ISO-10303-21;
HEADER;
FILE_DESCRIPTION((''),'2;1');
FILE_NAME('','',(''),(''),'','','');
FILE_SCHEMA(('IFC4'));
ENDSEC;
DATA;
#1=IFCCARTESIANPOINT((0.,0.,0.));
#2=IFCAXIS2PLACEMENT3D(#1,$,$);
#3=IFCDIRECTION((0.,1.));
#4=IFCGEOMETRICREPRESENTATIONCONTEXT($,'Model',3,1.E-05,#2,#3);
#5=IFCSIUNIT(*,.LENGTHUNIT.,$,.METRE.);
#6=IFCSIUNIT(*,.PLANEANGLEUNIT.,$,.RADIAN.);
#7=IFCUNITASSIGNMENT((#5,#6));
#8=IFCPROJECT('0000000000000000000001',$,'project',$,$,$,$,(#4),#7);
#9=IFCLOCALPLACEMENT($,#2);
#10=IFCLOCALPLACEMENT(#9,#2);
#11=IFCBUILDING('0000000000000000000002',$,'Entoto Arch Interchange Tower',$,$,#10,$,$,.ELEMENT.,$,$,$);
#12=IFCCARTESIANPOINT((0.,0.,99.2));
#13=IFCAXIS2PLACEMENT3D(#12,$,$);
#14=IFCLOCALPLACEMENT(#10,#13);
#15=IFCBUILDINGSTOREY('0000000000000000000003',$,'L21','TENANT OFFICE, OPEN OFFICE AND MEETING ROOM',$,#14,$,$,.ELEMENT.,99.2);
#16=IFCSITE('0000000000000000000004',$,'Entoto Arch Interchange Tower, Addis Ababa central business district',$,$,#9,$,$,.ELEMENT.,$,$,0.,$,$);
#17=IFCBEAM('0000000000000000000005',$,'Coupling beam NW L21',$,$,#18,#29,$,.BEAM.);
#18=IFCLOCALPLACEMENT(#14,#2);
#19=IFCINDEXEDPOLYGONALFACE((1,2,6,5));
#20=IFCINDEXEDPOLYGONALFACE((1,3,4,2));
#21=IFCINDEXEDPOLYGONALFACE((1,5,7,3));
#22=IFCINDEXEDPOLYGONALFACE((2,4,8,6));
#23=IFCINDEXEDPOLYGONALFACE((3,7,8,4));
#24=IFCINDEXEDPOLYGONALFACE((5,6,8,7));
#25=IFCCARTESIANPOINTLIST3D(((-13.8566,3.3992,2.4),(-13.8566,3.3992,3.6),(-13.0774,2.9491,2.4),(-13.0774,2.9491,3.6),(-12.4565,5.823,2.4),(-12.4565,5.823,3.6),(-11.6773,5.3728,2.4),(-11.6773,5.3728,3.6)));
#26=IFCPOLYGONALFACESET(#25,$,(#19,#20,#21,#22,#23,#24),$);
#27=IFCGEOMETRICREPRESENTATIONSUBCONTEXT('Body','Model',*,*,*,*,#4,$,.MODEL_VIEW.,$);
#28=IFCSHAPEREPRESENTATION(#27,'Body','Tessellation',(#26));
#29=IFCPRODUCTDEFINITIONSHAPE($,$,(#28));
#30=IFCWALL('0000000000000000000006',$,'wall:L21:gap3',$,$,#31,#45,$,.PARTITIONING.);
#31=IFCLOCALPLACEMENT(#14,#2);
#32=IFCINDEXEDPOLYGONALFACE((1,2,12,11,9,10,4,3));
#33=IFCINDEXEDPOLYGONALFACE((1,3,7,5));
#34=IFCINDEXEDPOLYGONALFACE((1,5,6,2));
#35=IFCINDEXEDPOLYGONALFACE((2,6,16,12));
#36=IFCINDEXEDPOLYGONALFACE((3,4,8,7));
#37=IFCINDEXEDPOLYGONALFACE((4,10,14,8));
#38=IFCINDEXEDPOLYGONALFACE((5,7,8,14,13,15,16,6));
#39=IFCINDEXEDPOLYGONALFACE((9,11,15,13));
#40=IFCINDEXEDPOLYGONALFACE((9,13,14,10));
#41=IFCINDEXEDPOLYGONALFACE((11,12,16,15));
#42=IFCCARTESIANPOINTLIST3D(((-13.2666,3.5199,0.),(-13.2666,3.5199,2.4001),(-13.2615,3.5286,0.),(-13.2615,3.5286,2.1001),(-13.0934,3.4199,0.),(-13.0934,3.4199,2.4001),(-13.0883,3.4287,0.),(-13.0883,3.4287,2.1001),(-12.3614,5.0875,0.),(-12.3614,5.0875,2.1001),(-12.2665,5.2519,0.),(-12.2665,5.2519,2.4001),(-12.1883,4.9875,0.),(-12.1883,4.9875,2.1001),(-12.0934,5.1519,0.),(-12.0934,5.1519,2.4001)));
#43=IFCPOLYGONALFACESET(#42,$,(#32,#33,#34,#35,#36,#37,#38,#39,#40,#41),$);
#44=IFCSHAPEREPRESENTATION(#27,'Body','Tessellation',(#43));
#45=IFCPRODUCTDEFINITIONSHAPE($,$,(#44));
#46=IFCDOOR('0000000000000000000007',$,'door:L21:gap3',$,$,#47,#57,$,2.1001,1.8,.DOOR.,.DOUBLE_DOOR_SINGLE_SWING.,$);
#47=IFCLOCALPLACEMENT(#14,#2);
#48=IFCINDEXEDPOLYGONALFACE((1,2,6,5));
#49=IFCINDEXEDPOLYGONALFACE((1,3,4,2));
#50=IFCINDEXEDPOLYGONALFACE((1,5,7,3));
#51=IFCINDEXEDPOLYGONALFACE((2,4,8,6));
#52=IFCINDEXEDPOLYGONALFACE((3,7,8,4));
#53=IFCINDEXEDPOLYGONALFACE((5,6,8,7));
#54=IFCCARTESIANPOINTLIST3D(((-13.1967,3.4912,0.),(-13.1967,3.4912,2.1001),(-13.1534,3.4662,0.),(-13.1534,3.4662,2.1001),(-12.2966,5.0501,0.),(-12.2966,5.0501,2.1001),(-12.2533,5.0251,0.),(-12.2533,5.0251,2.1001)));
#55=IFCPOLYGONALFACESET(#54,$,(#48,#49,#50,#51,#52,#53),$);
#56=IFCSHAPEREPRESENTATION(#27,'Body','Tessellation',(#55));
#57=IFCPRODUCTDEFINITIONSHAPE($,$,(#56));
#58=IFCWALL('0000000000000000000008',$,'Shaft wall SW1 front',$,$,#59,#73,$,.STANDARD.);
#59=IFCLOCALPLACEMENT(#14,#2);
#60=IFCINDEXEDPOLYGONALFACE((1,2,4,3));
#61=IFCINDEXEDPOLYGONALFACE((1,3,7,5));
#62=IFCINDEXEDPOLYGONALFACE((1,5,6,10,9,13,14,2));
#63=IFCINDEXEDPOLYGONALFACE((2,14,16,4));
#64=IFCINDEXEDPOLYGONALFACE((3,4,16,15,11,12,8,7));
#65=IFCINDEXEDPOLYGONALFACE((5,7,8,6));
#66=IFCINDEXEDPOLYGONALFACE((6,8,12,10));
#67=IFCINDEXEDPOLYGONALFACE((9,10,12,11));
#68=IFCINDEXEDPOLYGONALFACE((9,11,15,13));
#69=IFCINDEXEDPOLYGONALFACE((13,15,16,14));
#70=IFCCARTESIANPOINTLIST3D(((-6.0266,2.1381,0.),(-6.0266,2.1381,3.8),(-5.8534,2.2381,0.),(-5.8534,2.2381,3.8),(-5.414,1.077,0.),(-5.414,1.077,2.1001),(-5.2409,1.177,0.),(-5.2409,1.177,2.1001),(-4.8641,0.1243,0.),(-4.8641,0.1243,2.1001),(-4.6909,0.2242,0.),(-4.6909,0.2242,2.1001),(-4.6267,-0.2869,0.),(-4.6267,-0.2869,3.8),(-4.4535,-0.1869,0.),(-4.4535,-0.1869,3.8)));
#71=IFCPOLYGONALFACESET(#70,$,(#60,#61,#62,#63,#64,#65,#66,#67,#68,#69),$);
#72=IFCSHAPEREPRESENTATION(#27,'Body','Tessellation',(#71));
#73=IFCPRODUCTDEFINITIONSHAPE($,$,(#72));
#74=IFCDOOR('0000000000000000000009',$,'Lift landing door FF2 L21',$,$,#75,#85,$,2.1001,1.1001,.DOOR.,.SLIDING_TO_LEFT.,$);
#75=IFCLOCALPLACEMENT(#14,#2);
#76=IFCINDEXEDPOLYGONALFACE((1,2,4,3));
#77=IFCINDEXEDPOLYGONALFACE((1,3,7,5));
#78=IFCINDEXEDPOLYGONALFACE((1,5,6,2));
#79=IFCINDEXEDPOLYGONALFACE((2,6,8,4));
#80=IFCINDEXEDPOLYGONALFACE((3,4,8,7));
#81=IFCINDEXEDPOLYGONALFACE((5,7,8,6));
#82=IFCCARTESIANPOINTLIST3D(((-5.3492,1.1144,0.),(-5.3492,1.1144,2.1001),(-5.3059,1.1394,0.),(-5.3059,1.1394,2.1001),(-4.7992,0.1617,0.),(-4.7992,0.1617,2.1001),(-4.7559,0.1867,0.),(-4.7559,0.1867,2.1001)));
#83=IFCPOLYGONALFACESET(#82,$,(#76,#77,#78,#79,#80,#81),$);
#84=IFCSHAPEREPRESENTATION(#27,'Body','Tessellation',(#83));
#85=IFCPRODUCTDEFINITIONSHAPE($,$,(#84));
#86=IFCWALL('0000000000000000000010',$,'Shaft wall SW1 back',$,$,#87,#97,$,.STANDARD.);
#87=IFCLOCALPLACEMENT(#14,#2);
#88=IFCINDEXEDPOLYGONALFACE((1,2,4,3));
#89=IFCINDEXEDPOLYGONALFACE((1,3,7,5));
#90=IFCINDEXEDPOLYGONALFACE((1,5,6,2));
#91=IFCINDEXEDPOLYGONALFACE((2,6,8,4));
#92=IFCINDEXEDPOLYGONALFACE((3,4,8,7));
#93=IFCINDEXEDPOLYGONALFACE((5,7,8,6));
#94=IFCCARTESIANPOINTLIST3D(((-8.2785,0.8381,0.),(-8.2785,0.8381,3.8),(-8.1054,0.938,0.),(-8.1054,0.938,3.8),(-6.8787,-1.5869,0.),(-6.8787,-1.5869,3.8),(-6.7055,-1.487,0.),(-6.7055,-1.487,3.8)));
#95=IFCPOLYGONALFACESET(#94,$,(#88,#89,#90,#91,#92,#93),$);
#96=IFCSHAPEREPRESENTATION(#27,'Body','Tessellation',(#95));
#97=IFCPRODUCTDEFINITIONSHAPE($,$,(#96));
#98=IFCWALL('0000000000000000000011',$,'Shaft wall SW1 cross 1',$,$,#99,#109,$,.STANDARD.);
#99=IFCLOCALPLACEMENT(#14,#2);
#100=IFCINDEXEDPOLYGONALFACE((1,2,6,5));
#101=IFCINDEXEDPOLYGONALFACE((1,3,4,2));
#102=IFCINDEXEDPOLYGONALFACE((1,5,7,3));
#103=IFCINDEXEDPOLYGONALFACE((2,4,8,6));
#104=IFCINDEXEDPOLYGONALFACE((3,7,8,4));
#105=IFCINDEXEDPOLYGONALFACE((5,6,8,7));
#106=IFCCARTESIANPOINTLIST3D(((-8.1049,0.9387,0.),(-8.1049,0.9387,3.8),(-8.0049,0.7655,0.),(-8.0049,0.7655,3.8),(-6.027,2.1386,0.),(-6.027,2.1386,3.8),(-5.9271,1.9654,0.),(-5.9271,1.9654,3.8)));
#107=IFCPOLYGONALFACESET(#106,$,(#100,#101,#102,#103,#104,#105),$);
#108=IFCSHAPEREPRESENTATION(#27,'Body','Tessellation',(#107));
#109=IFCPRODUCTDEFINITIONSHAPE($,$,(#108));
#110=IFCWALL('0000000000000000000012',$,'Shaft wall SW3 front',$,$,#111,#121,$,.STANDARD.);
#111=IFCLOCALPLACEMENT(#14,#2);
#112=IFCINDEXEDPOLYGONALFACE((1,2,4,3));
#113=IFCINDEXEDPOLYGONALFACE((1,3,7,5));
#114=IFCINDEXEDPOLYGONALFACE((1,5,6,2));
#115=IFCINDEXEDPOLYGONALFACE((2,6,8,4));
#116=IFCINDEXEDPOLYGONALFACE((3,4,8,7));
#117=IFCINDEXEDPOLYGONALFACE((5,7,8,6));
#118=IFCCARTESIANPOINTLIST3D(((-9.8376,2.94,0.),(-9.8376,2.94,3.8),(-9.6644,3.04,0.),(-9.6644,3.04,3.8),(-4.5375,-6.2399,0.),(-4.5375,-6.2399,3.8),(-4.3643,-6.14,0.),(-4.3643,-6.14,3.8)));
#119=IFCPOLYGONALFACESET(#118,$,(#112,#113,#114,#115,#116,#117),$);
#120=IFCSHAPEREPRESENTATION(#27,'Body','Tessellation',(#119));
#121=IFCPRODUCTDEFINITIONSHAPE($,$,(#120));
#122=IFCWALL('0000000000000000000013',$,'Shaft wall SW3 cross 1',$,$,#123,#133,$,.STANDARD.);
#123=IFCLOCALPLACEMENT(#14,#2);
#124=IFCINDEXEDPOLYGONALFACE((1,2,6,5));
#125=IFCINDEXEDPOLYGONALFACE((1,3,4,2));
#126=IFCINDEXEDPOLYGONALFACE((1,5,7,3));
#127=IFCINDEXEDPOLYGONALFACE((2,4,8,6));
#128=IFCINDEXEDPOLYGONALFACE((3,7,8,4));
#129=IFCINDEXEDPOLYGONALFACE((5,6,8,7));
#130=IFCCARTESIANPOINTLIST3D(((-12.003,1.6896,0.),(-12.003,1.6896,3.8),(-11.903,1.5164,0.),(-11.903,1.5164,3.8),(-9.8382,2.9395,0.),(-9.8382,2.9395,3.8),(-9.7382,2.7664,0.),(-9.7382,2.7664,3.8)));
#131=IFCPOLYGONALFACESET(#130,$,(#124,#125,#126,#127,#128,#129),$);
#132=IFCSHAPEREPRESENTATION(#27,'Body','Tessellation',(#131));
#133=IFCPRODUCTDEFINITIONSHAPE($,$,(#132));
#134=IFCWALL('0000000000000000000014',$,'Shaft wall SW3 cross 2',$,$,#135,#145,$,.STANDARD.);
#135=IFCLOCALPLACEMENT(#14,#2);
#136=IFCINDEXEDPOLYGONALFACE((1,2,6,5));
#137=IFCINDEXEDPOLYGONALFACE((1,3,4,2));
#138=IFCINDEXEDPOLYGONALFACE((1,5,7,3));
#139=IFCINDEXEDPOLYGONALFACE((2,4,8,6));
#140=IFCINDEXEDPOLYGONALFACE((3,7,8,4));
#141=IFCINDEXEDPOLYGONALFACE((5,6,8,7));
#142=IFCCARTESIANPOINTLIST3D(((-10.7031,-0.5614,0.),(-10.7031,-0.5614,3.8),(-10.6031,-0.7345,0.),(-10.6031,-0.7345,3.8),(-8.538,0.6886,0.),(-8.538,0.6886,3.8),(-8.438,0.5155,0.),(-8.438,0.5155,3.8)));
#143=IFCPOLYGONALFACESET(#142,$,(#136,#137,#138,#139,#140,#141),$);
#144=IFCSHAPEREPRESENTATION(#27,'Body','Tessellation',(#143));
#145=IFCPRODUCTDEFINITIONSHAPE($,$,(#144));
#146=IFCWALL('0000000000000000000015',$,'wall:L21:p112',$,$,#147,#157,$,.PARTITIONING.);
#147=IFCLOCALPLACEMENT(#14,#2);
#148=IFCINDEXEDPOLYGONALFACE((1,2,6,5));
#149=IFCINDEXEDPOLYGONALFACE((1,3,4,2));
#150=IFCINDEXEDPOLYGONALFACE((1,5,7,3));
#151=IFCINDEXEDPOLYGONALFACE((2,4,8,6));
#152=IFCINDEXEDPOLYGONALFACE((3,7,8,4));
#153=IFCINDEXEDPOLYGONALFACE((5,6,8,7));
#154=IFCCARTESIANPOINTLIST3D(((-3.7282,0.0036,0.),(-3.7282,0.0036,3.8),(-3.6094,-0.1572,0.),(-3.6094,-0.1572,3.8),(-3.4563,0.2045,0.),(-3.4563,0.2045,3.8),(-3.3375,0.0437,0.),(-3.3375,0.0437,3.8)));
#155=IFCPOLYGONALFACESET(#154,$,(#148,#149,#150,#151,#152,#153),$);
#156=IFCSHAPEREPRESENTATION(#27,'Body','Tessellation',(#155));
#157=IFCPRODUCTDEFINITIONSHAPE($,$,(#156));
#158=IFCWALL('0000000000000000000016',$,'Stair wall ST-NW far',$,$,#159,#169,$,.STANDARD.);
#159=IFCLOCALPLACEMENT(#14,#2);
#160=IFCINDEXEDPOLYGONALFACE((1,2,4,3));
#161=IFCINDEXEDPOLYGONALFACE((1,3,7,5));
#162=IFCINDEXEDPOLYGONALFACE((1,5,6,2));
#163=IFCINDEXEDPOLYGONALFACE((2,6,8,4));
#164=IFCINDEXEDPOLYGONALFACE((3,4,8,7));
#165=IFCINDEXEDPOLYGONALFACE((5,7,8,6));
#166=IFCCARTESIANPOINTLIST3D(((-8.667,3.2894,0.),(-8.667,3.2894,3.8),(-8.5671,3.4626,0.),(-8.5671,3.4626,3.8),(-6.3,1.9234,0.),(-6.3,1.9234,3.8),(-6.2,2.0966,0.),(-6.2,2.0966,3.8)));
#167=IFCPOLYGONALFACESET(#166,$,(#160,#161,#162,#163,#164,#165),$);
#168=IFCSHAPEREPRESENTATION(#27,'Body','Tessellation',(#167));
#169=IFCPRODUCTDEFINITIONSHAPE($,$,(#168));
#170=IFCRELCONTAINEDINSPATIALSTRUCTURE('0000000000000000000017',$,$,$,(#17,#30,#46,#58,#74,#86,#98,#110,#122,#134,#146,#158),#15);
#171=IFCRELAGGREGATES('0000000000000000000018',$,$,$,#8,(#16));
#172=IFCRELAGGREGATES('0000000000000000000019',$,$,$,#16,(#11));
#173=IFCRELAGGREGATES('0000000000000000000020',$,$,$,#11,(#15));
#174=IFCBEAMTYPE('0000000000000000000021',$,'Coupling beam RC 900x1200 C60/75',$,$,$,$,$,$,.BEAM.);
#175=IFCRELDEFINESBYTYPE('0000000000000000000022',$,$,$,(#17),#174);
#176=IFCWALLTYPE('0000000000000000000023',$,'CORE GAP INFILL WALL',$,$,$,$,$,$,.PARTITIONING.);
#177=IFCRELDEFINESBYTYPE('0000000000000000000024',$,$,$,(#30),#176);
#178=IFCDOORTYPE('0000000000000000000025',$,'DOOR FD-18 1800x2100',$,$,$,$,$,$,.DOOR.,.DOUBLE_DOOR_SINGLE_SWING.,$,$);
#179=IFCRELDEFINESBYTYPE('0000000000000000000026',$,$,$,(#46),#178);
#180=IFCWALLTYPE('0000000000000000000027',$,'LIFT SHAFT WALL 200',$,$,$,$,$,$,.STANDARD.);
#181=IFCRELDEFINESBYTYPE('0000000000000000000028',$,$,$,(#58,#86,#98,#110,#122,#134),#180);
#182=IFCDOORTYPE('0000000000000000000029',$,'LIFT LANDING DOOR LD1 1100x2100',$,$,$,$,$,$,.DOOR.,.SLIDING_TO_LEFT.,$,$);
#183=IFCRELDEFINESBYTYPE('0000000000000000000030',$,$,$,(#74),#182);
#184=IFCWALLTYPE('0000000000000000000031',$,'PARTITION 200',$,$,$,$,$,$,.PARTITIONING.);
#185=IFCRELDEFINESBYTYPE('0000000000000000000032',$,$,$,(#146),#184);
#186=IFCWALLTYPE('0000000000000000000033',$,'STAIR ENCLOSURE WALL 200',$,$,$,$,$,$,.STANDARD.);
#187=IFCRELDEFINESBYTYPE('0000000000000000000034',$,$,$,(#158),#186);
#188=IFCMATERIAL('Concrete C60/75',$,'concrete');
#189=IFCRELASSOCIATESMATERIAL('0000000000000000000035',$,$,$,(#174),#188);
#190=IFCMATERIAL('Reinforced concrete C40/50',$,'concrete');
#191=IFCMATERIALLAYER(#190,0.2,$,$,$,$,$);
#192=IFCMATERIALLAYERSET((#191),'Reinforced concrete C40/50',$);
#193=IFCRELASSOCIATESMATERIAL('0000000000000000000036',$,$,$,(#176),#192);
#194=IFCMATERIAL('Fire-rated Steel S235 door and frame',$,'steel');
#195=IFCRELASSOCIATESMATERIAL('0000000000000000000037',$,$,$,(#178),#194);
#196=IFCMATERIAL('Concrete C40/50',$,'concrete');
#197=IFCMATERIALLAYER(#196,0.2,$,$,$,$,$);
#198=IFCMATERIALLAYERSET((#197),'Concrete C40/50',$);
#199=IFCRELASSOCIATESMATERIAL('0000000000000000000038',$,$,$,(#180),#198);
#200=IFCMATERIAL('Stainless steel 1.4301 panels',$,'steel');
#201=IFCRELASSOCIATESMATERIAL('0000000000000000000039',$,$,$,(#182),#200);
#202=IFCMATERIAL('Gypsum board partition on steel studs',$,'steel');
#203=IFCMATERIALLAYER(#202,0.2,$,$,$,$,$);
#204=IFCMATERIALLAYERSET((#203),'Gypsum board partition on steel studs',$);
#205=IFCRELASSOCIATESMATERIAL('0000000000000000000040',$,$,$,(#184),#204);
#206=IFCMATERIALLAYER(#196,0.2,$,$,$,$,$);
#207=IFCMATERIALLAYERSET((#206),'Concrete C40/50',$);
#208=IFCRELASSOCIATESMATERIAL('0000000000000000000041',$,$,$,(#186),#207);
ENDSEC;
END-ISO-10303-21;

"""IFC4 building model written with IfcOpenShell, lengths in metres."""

from ifc_helpers import new_model, si_unit, direction, frame, frame_2d, origin, origin_2d, place, context, subcontext, project, spatial, rectangle, extrude, material, layer, layer_set, material_profile, profile_set, type_object, element, fill, save


model = new_model("IFC4")

# Units and contexts
model_context = context("Model", 3, precision=1e-05, world=origin(), true_north=direction((0.0, 1.0)))
body_context = subcontext(model_context, "Body", "Model", "MODEL_VIEW")
ifc_project = project(units=[si_unit("LENGTHUNIT", "METRE"), si_unit("PLANEANGLEUNIT", "RADIAN")], contexts=[model_context])

# Site, building, storey
site_placement = place(None, origin())
site = spatial("IfcSite", under=ifc_project, at=site_placement, Name="Entoto Arch Interchange Tower, Addis Ababa central business district", CompositionType="ELEMENT", RefElevation=0.0)
building_placement = place(site_placement, origin())
building = spatial("IfcBuilding", under=site, at=building_placement, Name="Entoto Arch Interchange Tower", CompositionType="ELEMENT")
storey_placement = place(building_placement, frame((0.0, 0.0, 99.2)))
storey = spatial("IfcBuildingStorey", under=building, at=storey_placement, Name="L21", Description="TENANT OFFICE, OPEN OFFICE AND MEETING ROOM", CompositionType="ELEMENT", Elevation=99.2)

# Beam
ifc_material_1 = material(Name="Concrete C60/75", Category="concrete")
ifc_material_profile = material_profile(ifc_material_1, rectangle(XDim=0.8999, YDim=1.2, at=origin_2d()))
ifc_profile_set = profile_set([ifc_material_profile], Name="Concrete C60/75")
beam_type = type_object("IfcBeamType", Name="Coupling beam RC 900x1200 C60/75", PredefinedType="BEAM", material=ifc_profile_set)
beam_placement = place(storey_placement, frame((-12.0669, 5.5979, 3.0), z_axis=(-0.500201, -0.86591, 0.0), x_axis=(0.86591, -0.500201, 0.0)))
element("IfcBeam", 1, at=beam_placement, inside=storey, type_object=beam_type, Name="Coupling beam NW L21", PredefinedType="BEAM", context=body_context, shape_type="SweptSolid", body=[
    extrude(rectangle(XDim=0.8999, YDim=1.2, at=origin_2d()), origin(), (0.0, 0.0, 1.0), 2.7991),
])

# Walls, openings, doors
ifc_material_2 = material(Name="Reinforced concrete C40/50", Category="concrete")
ifc_layer_1 = layer(ifc_material_2, 0.2)
ifc_layer_set_1 = layer_set([ifc_layer_1], Name="Reinforced concrete C40/50")
wall_type_1 = type_object("IfcWallType", Name="CORE GAP INFILL WALL", PredefinedType="PARTITIONING", material=ifc_layer_set_1)
wall_1_placement = place(storey_placement, frame((-12.1799, 5.2019, 0.0), z_axis=(0.0, 0.0, 1.0), x_axis=(-0.500025, -0.866011, 0.0)))
wall_1 = element("IfcWall", 2, at=wall_1_placement, inside=storey, type_object=wall_type_1, Name="wall:L21:gap3", PredefinedType="PARTITIONING", context=body_context, shape_type="SweptSolid", body=[
    extrude(rectangle(XDim=2.0, YDim=0.2, at=frame_2d((1.0, 0.0))), origin(), (0.0, 0.0, 1.0), 2.4001),
])
opening_1_placement = place(wall_1_placement, frame((0.1899, 0.0, 0.0)))
opening_1 = element("IfcOpeningElement", 3, at=opening_1_placement, cuts=wall_1, PredefinedType="OPENING", context=body_context, shape_type="SweptSolid", body=[
    extrude(rectangle(XDim=1.8, YDim=2.1001, at=frame_2d((0.8999, 1.05))), frame((0.0, 0.1099, 0.0), z_axis=(0.0, -1.0, 0.0), x_axis=(1.0, 0.0, 0.0)), (0.0, 0.0, 1.0), 0.22),
])
ifc_material_3 = material(Name="Fire-rated Steel S235 door and frame", Category="steel")
door_type_1 = type_object("IfcDoorType", Name="DOOR FD-18 1800x2100", OperationType="DOUBLE_DOOR_SINGLE_SWING", PredefinedType="DOOR", material=ifc_material_3)
door_1_placement = place(opening_1_placement, origin())
door_1 = element("IfcDoor", 4, at=door_1_placement, inside=storey, type_object=door_type_1, Name="door:L21:gap3", OperationType="DOUBLE_DOOR_SINGLE_SWING", OverallHeight=2.1001, OverallWidth=1.8, PredefinedType="DOOR", context=body_context, shape_type="SweptSolid", body=[
    extrude(rectangle(XDim=1.8, YDim=2.1001, at=frame_2d((0.8999, 1.05))), frame((0.0, 0.0249, 0.0), z_axis=(0.0, -1.0, 0.0), x_axis=(1.0, 0.0, 0.0)), (0.0, 0.0, 1.0), 0.05),
])
fill(opening_1, door_1)
ifc_material_4 = material(Name="Concrete C40/50", Category="concrete")
ifc_layer_2 = layer(ifc_material_4, 0.2)
ifc_layer_set_2 = layer_set([ifc_layer_2], Name="Concrete C40/50")
wall_type_2 = type_object("IfcWallType", Name="LIFT SHAFT WALL 200", PredefinedType="STANDARD", material=ifc_layer_set_2)
wall_2_placement = place(storey_placement, frame((-5.9399, 2.188, 0.0), z_axis=(0.0, 0.0, 1.0), x_axis=(0.499946, -0.866056, 0.0)))
wall_2 = element("IfcWall", 5, at=wall_2_placement, inside=storey, type_object=wall_type_2, Name="Shaft wall SW1 front", PredefinedType="STANDARD", context=body_context, shape_type="SweptSolid", body=[
    extrude(rectangle(XDim=2.8, YDim=0.2, at=frame_2d((1.3999, 0.0))), origin(), (0.0, 0.0, 1.0), 3.8),
])
opening_2_placement = place(wall_2_placement, frame((1.2251, 0.0, 0.0)))
opening_2 = element("IfcOpeningElement", 6, at=opening_2_placement, cuts=wall_2, PredefinedType="OPENING", context=body_context, shape_type="SweptSolid", body=[
    extrude(rectangle(XDim=1.1001, YDim=2.1001, at=frame_2d((0.55, 1.05))), frame((0.0, 0.1099, 0.0), z_axis=(0.0, -1.0, 0.0), x_axis=(1.0, 0.0, 0.0)), (0.0, 0.0, 1.0), 0.22),
])
ifc_material_5 = material(Name="Stainless steel 1.4301 panels", Category="steel")
door_type_2 = type_object("IfcDoorType", Name="LIFT LANDING DOOR LD1 1100x2100", OperationType="SLIDING_TO_LEFT", PredefinedType="DOOR", material=ifc_material_5)
door_2_placement = place(opening_2_placement, origin())
door_2 = element("IfcDoor", 7, at=door_2_placement, inside=storey, type_object=door_type_2, Name="Lift landing door FF2 L21", OperationType="SLIDING_TO_LEFT", OverallHeight=2.1001, OverallWidth=1.1001, PredefinedType="DOOR", context=body_context, shape_type="SweptSolid", body=[
    extrude(rectangle(XDim=1.1001, YDim=2.1001, at=frame_2d((0.55, 1.05))), frame((0.0, 0.0249, 0.0), z_axis=(0.0, -1.0, 0.0), x_axis=(1.0, 0.0, 0.0)), (0.0, 0.0, 1.0), 0.05),
])
fill(opening_2, door_2)

# Walls
wall_3_placement = place(storey_placement, frame((-8.1919, 0.8879, 0.0), z_axis=(0.0, 0.0, 1.0), x_axis=(0.499946, -0.866056, 0.0)))
element("IfcWall", 8, at=wall_3_placement, inside=storey, type_object=wall_type_2, Name="Shaft wall SW1 back", PredefinedType="STANDARD", context=body_context, shape_type="SweptSolid", body=[
    extrude(rectangle(XDim=2.8, YDim=0.2, at=frame_2d((1.3999, 0.0))), origin(), (0.0, 0.0, 1.0), 3.8),
])
wall_4_placement = place(storey_placement, frame((-5.9771, 2.052, 0.0), z_axis=(0.0, 0.0, 1.0), x_axis=(-0.865974, -0.500089, 0.0)))
element("IfcWall", 9, at=wall_4_placement, inside=storey, type_object=wall_type_2, Name="Shaft wall SW1 cross 1", PredefinedType="STANDARD", context=body_context, shape_type="SweptSolid", body=[
    extrude(rectangle(XDim=2.3994, YDim=0.2, at=frame_2d((1.1997, 0.0))), origin(), (0.0, 0.0, 1.0), 3.8),
])
wall_5_placement = place(storey_placement, frame((-9.751, 2.99, 0.0), z_axis=(0.0, 0.0, 1.0), x_axis=(0.500001, -0.866025, 0.0)))
element("IfcWall", 10, at=wall_5_placement, inside=storey, type_object=wall_type_2, Name="Shaft wall SW3 front", PredefinedType="STANDARD", context=body_context, shape_type="SweptSolid", body=[
    extrude(rectangle(XDim=10.6001, YDim=0.2, at=frame_2d((5.3, 0.0))), origin(), (0.0, 0.0, 1.0), 3.8),
])
wall_6_placement = place(storey_placement, frame((-9.7881, 2.853, 0.0), z_axis=(0.0, 0.0, 1.0), x_axis=(-0.865999, -0.500047, 0.0)))
element("IfcWall", 11, at=wall_6_placement, inside=storey, type_object=wall_type_2, Name="Shaft wall SW3 cross 1", PredefinedType="STANDARD", context=body_context, shape_type="SweptSolid", body=[
    extrude(rectangle(XDim=2.4998, YDim=0.2, at=frame_2d((1.25, 0.0))), origin(), (0.0, 0.0, 1.0), 3.8),
])
wall_7_placement = place(storey_placement, frame((-8.488, 0.6021, 0.0), z_axis=(0.0, 0.0, 1.0), x_axis=(-0.866023, -0.500004, 0.0)))
element("IfcWall", 12, at=wall_7_placement, inside=storey, type_object=wall_type_2, Name="Shaft wall SW3 cross 2", PredefinedType="STANDARD", context=body_context, shape_type="SweptSolid", body=[
    extrude(rectangle(XDim=2.5, YDim=0.2, at=frame_2d((1.25, 0.0))), origin(), (0.0, 0.0, 1.0), 3.8),
])
ifc_material_6 = material(Name="Gypsum board partition on steel studs", Category="steel")
ifc_layer_3 = layer(ifc_material_6, 0.2)
ifc_layer_set_3 = layer_set([ifc_layer_3], Name="Gypsum board partition on steel studs")
wall_type_3 = type_object("IfcWallType", Name="PARTITION 200", PredefinedType="PARTITIONING", material=ifc_layer_set_3)
wall_8_placement = place(storey_placement, frame((-3.397, 0.124, 0.0), z_axis=(0.0, 0.0, 1.0), x_axis=(-0.804311, -0.594208, 0.0)))
element("IfcWall", 13, at=wall_8_placement, inside=storey, type_object=wall_type_3, Name="wall:L21:p112", PredefinedType="PARTITIONING", context=body_context, shape_type="SweptSolid", body=[
    extrude(rectangle(XDim=0.3381, YDim=0.2, at=frame_2d((0.1689, 0.0))), origin(), (0.0, 0.0, 1.0), 3.8),
])
ifc_layer_4 = layer(ifc_material_4, 0.2)
ifc_layer_set_4 = layer_set([ifc_layer_4], Name="Concrete C40/50")
wall_type_4 = type_object("IfcWallType", Name="STAIR ENCLOSURE WALL 200", PredefinedType="STANDARD", material=ifc_layer_set_4)
wall_9_placement = place(storey_placement, frame((-6.25, 2.01, 0.0), z_axis=(0.0, 0.0, 1.0), x_axis=(-0.866119, 0.499838, 0.0)))
element("IfcWall", 14, at=wall_9_placement, inside=storey, type_object=wall_type_4, Name="Stair wall ST-NW far", PredefinedType="STANDARD", context=body_context, shape_type="SweptSolid", body=[
    extrude(rectangle(XDim=2.7329, YDim=0.2, at=frame_2d((1.3665, 0.0))), origin(), (0.0, 0.0, 1.0), 3.8),
])

save(model, "model.ifc")
